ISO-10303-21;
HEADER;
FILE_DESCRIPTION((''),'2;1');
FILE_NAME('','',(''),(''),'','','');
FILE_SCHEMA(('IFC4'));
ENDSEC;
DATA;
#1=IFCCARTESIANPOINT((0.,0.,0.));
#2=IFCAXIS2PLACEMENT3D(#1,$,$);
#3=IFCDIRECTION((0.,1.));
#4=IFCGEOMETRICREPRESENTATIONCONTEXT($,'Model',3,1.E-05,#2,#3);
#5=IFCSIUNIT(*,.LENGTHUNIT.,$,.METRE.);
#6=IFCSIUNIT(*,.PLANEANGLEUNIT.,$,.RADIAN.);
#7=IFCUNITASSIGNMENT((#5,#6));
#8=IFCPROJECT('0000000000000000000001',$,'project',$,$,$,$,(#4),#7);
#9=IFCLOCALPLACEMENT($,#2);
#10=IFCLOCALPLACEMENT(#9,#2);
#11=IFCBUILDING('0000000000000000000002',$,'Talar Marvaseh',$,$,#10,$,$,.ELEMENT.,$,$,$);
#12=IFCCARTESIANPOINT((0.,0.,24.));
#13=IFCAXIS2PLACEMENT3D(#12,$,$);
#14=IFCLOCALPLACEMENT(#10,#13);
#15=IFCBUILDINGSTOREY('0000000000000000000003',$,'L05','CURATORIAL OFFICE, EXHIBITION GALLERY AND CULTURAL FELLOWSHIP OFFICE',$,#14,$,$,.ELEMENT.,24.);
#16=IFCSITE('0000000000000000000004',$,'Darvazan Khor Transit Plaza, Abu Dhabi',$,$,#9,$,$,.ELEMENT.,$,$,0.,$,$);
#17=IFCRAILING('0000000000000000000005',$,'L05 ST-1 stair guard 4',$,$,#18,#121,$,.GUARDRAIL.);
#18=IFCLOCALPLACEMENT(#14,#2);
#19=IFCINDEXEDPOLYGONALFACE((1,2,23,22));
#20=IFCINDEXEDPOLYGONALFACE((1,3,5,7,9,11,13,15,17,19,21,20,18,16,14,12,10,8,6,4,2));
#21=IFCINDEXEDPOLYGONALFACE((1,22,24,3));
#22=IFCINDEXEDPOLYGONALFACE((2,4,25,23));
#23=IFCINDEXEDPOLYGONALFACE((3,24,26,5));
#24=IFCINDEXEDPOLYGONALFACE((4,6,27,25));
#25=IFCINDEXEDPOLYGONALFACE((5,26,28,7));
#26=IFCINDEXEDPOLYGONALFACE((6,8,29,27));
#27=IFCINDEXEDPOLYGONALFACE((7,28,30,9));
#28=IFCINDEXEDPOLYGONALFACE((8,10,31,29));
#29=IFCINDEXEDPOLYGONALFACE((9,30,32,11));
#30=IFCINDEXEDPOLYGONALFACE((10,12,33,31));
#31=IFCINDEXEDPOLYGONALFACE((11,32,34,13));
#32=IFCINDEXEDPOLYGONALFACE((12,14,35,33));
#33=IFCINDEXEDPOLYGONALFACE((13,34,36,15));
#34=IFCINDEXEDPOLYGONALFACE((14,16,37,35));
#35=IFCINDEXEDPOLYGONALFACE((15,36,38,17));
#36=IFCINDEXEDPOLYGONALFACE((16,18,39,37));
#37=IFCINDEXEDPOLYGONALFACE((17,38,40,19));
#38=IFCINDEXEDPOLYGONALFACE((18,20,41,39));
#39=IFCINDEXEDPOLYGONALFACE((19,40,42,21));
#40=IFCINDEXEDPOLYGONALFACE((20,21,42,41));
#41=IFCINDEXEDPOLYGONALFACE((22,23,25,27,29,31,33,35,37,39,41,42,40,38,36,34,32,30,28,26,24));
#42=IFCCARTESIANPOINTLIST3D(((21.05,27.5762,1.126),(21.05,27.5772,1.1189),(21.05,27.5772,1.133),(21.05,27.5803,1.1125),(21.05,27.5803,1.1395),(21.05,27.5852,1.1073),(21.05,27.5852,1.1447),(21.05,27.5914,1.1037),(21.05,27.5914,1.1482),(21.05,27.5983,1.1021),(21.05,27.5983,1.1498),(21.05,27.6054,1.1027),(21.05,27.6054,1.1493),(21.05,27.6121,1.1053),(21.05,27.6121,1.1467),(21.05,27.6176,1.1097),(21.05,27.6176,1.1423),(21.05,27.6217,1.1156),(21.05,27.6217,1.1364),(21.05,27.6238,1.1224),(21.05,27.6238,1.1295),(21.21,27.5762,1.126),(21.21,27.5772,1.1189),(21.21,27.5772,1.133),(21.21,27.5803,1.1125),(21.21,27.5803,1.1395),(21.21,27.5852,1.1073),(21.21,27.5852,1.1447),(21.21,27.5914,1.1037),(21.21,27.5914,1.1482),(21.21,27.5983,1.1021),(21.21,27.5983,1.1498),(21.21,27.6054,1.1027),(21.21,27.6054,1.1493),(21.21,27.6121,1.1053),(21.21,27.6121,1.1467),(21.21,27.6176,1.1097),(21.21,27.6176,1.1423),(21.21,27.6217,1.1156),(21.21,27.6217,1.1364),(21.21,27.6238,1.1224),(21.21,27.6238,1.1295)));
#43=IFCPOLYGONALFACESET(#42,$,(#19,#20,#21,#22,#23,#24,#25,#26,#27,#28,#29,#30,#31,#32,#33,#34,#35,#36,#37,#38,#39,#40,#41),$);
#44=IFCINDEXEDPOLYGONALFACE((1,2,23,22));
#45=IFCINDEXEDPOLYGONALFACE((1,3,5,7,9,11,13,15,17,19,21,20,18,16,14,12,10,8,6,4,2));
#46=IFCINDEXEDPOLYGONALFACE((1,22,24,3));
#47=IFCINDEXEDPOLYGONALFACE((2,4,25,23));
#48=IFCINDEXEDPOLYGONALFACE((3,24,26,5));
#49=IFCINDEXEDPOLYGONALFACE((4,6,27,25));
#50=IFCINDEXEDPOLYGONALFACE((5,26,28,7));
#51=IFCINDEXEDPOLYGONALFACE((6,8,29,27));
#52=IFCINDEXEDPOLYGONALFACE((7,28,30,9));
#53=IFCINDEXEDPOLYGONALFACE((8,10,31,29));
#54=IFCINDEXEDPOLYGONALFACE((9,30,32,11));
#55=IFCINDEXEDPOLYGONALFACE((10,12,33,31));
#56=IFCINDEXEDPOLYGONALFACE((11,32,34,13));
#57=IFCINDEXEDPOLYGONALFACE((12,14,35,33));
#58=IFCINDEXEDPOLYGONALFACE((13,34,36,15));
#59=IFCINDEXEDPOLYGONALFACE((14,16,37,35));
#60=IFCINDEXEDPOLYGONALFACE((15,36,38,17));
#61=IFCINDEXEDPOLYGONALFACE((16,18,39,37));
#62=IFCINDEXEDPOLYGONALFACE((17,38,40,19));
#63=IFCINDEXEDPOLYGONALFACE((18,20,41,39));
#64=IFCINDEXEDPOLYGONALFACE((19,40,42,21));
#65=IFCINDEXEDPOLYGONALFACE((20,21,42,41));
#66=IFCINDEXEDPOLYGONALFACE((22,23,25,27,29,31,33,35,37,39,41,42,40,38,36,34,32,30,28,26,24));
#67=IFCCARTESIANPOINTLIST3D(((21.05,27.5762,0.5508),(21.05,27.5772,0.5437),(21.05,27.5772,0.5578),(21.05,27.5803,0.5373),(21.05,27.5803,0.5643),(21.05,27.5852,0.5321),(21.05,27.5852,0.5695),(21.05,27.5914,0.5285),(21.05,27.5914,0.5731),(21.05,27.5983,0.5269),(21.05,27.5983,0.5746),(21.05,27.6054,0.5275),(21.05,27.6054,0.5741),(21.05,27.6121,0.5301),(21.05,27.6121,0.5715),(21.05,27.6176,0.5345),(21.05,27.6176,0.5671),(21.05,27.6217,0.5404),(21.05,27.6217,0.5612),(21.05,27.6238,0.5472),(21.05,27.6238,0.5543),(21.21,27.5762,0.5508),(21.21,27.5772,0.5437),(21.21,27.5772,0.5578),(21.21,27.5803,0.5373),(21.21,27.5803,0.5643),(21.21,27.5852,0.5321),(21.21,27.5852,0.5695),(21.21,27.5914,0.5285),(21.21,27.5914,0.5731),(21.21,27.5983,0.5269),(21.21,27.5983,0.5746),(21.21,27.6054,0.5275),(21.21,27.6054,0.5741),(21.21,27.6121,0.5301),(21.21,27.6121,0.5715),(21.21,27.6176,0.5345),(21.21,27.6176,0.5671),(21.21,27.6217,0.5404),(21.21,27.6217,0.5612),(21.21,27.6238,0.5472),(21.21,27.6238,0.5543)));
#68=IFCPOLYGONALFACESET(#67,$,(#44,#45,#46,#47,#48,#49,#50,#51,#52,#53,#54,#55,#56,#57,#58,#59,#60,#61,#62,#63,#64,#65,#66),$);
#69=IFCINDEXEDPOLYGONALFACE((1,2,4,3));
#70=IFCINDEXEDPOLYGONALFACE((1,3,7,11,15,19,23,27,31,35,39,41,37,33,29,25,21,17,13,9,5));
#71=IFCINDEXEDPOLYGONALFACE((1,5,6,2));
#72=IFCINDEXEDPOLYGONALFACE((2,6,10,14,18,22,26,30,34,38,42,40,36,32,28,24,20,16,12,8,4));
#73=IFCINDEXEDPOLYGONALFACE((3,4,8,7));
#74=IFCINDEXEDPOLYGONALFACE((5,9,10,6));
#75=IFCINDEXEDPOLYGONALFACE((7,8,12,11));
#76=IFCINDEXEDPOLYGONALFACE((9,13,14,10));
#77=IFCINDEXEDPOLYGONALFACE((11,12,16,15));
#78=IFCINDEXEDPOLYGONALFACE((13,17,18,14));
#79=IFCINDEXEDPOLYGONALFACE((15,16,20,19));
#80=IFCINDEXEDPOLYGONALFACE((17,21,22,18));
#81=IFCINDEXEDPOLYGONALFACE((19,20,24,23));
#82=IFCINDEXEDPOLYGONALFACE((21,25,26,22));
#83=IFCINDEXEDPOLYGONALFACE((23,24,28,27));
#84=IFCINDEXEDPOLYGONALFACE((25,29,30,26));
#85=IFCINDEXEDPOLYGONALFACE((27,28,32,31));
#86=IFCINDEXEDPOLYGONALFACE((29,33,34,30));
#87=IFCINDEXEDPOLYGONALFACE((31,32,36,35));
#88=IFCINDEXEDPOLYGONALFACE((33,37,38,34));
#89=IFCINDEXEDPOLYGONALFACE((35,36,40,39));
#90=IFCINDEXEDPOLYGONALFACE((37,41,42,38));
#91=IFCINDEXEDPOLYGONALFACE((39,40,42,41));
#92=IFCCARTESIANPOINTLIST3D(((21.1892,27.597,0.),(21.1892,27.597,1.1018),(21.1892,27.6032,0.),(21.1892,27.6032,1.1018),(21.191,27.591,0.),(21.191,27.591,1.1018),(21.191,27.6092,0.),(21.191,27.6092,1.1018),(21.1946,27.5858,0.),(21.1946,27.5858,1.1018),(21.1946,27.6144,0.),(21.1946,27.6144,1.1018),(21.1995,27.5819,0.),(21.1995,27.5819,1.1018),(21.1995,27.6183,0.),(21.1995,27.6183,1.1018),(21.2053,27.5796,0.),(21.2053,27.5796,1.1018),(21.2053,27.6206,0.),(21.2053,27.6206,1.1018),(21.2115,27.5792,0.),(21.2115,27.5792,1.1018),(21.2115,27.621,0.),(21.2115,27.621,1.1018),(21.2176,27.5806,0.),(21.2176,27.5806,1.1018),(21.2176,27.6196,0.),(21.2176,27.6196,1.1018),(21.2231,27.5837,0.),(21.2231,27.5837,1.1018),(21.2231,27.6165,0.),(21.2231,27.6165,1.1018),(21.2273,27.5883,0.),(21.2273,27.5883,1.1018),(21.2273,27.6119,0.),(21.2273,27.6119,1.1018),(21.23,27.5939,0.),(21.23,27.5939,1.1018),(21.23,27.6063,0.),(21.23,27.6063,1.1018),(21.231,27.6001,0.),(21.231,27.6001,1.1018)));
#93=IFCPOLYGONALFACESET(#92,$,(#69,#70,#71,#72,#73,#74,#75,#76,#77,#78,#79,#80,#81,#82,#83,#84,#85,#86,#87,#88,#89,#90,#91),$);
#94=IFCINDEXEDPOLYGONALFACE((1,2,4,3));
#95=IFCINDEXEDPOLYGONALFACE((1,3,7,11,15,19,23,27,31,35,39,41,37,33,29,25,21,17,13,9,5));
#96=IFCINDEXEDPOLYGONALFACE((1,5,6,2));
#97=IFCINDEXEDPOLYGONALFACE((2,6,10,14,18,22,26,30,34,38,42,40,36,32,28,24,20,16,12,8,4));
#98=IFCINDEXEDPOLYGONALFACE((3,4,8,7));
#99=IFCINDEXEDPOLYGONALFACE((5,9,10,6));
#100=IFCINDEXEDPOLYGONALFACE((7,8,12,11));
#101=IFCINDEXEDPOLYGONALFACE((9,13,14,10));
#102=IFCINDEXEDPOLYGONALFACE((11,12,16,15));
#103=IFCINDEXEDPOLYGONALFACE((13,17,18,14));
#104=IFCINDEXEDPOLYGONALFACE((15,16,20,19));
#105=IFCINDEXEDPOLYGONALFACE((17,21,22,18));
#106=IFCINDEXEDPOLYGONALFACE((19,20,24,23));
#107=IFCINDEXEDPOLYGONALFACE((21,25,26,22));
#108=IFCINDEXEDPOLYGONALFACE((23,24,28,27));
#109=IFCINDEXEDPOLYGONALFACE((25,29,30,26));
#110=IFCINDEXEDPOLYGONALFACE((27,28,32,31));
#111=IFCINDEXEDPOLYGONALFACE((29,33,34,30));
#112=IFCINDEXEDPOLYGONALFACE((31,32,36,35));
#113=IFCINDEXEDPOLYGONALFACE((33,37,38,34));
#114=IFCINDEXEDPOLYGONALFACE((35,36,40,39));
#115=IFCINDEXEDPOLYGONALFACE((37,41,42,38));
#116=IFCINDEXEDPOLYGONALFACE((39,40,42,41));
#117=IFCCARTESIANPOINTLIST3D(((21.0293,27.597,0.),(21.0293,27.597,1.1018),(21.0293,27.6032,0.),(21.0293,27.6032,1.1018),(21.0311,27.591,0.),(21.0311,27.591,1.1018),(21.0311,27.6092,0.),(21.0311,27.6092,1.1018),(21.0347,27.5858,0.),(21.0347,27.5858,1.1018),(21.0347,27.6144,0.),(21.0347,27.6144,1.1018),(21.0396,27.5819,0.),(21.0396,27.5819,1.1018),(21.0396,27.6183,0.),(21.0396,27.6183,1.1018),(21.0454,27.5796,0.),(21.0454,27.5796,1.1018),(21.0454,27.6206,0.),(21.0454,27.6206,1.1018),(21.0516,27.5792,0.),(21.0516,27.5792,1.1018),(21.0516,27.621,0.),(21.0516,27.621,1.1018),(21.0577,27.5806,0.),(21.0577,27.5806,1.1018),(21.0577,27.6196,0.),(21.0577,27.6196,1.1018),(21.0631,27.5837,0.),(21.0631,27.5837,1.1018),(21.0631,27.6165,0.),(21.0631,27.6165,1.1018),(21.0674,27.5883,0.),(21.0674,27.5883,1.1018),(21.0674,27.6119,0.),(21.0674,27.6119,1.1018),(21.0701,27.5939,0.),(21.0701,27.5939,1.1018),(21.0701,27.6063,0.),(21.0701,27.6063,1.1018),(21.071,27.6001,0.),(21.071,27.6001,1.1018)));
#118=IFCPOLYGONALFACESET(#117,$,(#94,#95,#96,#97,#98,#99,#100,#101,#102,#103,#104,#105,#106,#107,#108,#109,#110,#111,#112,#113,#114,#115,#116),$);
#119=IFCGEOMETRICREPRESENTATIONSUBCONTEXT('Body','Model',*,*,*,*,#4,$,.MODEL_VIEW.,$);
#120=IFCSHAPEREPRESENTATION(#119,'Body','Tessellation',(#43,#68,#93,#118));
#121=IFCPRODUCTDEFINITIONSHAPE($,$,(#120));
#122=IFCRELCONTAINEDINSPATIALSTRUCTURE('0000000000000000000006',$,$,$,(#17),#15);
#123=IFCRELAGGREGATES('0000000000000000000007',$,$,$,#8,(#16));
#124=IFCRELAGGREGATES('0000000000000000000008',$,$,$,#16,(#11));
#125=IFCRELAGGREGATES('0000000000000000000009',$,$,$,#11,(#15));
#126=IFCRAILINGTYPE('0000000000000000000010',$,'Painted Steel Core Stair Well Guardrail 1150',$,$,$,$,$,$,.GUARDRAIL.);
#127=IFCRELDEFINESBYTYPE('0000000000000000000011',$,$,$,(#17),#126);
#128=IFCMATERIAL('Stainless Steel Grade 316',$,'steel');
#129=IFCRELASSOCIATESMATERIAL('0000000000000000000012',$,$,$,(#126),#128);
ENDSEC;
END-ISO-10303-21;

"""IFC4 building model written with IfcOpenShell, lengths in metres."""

from ifc_helpers import new_model, si_unit, direction, frame, origin, origin_2d, place, context, subcontext, project, spatial, circle, extrude, material, type_object, element, save


model = new_model("IFC4")

# Units and contexts
model_context = context("Model", 3, precision=1e-05, world=origin(), true_north=direction((0.0, 1.0)))
body_context = subcontext(model_context, "Body", "Model", "MODEL_VIEW")
ifc_project = project(units=[si_unit("LENGTHUNIT", "METRE"), si_unit("PLANEANGLEUNIT", "RADIAN")], contexts=[model_context])

# Site, building, storey
site_placement = place(None, origin())
site = spatial("IfcSite", under=ifc_project, at=site_placement, Name="Darvazan Khor Transit Plaza, Abu Dhabi", CompositionType="ELEMENT", RefElevation=0.0)
building_placement = place(site_placement, origin())
building = spatial("IfcBuilding", under=site, at=building_placement, Name="Talar Marvaseh", CompositionType="ELEMENT")
storey_placement = place(building_placement, frame((0.0, 0.0, 24.0)))
storey = spatial("IfcBuildingStorey", under=building, at=storey_placement, Name="L05", Description="CURATORIAL OFFICE, EXHIBITION GALLERY AND CULTURAL FELLOWSHIP OFFICE", CompositionType="ELEMENT", Elevation=24.0)

# Shared definitions
ifc_material_1 = material(Name="Stainless Steel Grade 316", Category="steel")

# Railing
railing_type_1 = type_object("IfcRailingType", Name="Painted Steel Core Stair Well Guardrail 1150", PredefinedType="GUARDRAIL", material=ifc_material_1)
railing_1_placement = place(storey_placement, frame((21.21, 27.6001, 0.0)))
element("IfcRailing", 1, at=railing_1_placement, inside=storey, type_object=railing_type_1, Name="L05 ST-1 stair guard 4", PredefinedType="GUARDRAIL", context=body_context, shape_type="SweptSolid", body=[
    extrude(circle(Radius=0.0239, at=origin_2d()), frame((0.0, 0.0, 1.126), z_axis=(-1.0, 0.0, 0.0), x_axis=(0.0, -1.0, 0.0)), (0.0, 0.0, 1.0), 0.1599),
    extrude(circle(Radius=0.0239, at=origin_2d()), frame((0.0, 0.0, 0.5508), z_axis=(-1.0, 0.0, 0.0), x_axis=(0.0, -1.0, 0.0)), (0.0, 0.0, 1.0), 0.1599),
    extrude(circle(Radius=0.021, at=origin_2d()), origin(), (0.0, 0.0, 1.0), 1.1018),
    extrude(circle(Radius=0.021, at=origin_2d()), frame((-0.1599, 0.0, 0.0)), (0.0, 0.0, 1.0), 1.1018),
])

save(model, "model.ifc")
